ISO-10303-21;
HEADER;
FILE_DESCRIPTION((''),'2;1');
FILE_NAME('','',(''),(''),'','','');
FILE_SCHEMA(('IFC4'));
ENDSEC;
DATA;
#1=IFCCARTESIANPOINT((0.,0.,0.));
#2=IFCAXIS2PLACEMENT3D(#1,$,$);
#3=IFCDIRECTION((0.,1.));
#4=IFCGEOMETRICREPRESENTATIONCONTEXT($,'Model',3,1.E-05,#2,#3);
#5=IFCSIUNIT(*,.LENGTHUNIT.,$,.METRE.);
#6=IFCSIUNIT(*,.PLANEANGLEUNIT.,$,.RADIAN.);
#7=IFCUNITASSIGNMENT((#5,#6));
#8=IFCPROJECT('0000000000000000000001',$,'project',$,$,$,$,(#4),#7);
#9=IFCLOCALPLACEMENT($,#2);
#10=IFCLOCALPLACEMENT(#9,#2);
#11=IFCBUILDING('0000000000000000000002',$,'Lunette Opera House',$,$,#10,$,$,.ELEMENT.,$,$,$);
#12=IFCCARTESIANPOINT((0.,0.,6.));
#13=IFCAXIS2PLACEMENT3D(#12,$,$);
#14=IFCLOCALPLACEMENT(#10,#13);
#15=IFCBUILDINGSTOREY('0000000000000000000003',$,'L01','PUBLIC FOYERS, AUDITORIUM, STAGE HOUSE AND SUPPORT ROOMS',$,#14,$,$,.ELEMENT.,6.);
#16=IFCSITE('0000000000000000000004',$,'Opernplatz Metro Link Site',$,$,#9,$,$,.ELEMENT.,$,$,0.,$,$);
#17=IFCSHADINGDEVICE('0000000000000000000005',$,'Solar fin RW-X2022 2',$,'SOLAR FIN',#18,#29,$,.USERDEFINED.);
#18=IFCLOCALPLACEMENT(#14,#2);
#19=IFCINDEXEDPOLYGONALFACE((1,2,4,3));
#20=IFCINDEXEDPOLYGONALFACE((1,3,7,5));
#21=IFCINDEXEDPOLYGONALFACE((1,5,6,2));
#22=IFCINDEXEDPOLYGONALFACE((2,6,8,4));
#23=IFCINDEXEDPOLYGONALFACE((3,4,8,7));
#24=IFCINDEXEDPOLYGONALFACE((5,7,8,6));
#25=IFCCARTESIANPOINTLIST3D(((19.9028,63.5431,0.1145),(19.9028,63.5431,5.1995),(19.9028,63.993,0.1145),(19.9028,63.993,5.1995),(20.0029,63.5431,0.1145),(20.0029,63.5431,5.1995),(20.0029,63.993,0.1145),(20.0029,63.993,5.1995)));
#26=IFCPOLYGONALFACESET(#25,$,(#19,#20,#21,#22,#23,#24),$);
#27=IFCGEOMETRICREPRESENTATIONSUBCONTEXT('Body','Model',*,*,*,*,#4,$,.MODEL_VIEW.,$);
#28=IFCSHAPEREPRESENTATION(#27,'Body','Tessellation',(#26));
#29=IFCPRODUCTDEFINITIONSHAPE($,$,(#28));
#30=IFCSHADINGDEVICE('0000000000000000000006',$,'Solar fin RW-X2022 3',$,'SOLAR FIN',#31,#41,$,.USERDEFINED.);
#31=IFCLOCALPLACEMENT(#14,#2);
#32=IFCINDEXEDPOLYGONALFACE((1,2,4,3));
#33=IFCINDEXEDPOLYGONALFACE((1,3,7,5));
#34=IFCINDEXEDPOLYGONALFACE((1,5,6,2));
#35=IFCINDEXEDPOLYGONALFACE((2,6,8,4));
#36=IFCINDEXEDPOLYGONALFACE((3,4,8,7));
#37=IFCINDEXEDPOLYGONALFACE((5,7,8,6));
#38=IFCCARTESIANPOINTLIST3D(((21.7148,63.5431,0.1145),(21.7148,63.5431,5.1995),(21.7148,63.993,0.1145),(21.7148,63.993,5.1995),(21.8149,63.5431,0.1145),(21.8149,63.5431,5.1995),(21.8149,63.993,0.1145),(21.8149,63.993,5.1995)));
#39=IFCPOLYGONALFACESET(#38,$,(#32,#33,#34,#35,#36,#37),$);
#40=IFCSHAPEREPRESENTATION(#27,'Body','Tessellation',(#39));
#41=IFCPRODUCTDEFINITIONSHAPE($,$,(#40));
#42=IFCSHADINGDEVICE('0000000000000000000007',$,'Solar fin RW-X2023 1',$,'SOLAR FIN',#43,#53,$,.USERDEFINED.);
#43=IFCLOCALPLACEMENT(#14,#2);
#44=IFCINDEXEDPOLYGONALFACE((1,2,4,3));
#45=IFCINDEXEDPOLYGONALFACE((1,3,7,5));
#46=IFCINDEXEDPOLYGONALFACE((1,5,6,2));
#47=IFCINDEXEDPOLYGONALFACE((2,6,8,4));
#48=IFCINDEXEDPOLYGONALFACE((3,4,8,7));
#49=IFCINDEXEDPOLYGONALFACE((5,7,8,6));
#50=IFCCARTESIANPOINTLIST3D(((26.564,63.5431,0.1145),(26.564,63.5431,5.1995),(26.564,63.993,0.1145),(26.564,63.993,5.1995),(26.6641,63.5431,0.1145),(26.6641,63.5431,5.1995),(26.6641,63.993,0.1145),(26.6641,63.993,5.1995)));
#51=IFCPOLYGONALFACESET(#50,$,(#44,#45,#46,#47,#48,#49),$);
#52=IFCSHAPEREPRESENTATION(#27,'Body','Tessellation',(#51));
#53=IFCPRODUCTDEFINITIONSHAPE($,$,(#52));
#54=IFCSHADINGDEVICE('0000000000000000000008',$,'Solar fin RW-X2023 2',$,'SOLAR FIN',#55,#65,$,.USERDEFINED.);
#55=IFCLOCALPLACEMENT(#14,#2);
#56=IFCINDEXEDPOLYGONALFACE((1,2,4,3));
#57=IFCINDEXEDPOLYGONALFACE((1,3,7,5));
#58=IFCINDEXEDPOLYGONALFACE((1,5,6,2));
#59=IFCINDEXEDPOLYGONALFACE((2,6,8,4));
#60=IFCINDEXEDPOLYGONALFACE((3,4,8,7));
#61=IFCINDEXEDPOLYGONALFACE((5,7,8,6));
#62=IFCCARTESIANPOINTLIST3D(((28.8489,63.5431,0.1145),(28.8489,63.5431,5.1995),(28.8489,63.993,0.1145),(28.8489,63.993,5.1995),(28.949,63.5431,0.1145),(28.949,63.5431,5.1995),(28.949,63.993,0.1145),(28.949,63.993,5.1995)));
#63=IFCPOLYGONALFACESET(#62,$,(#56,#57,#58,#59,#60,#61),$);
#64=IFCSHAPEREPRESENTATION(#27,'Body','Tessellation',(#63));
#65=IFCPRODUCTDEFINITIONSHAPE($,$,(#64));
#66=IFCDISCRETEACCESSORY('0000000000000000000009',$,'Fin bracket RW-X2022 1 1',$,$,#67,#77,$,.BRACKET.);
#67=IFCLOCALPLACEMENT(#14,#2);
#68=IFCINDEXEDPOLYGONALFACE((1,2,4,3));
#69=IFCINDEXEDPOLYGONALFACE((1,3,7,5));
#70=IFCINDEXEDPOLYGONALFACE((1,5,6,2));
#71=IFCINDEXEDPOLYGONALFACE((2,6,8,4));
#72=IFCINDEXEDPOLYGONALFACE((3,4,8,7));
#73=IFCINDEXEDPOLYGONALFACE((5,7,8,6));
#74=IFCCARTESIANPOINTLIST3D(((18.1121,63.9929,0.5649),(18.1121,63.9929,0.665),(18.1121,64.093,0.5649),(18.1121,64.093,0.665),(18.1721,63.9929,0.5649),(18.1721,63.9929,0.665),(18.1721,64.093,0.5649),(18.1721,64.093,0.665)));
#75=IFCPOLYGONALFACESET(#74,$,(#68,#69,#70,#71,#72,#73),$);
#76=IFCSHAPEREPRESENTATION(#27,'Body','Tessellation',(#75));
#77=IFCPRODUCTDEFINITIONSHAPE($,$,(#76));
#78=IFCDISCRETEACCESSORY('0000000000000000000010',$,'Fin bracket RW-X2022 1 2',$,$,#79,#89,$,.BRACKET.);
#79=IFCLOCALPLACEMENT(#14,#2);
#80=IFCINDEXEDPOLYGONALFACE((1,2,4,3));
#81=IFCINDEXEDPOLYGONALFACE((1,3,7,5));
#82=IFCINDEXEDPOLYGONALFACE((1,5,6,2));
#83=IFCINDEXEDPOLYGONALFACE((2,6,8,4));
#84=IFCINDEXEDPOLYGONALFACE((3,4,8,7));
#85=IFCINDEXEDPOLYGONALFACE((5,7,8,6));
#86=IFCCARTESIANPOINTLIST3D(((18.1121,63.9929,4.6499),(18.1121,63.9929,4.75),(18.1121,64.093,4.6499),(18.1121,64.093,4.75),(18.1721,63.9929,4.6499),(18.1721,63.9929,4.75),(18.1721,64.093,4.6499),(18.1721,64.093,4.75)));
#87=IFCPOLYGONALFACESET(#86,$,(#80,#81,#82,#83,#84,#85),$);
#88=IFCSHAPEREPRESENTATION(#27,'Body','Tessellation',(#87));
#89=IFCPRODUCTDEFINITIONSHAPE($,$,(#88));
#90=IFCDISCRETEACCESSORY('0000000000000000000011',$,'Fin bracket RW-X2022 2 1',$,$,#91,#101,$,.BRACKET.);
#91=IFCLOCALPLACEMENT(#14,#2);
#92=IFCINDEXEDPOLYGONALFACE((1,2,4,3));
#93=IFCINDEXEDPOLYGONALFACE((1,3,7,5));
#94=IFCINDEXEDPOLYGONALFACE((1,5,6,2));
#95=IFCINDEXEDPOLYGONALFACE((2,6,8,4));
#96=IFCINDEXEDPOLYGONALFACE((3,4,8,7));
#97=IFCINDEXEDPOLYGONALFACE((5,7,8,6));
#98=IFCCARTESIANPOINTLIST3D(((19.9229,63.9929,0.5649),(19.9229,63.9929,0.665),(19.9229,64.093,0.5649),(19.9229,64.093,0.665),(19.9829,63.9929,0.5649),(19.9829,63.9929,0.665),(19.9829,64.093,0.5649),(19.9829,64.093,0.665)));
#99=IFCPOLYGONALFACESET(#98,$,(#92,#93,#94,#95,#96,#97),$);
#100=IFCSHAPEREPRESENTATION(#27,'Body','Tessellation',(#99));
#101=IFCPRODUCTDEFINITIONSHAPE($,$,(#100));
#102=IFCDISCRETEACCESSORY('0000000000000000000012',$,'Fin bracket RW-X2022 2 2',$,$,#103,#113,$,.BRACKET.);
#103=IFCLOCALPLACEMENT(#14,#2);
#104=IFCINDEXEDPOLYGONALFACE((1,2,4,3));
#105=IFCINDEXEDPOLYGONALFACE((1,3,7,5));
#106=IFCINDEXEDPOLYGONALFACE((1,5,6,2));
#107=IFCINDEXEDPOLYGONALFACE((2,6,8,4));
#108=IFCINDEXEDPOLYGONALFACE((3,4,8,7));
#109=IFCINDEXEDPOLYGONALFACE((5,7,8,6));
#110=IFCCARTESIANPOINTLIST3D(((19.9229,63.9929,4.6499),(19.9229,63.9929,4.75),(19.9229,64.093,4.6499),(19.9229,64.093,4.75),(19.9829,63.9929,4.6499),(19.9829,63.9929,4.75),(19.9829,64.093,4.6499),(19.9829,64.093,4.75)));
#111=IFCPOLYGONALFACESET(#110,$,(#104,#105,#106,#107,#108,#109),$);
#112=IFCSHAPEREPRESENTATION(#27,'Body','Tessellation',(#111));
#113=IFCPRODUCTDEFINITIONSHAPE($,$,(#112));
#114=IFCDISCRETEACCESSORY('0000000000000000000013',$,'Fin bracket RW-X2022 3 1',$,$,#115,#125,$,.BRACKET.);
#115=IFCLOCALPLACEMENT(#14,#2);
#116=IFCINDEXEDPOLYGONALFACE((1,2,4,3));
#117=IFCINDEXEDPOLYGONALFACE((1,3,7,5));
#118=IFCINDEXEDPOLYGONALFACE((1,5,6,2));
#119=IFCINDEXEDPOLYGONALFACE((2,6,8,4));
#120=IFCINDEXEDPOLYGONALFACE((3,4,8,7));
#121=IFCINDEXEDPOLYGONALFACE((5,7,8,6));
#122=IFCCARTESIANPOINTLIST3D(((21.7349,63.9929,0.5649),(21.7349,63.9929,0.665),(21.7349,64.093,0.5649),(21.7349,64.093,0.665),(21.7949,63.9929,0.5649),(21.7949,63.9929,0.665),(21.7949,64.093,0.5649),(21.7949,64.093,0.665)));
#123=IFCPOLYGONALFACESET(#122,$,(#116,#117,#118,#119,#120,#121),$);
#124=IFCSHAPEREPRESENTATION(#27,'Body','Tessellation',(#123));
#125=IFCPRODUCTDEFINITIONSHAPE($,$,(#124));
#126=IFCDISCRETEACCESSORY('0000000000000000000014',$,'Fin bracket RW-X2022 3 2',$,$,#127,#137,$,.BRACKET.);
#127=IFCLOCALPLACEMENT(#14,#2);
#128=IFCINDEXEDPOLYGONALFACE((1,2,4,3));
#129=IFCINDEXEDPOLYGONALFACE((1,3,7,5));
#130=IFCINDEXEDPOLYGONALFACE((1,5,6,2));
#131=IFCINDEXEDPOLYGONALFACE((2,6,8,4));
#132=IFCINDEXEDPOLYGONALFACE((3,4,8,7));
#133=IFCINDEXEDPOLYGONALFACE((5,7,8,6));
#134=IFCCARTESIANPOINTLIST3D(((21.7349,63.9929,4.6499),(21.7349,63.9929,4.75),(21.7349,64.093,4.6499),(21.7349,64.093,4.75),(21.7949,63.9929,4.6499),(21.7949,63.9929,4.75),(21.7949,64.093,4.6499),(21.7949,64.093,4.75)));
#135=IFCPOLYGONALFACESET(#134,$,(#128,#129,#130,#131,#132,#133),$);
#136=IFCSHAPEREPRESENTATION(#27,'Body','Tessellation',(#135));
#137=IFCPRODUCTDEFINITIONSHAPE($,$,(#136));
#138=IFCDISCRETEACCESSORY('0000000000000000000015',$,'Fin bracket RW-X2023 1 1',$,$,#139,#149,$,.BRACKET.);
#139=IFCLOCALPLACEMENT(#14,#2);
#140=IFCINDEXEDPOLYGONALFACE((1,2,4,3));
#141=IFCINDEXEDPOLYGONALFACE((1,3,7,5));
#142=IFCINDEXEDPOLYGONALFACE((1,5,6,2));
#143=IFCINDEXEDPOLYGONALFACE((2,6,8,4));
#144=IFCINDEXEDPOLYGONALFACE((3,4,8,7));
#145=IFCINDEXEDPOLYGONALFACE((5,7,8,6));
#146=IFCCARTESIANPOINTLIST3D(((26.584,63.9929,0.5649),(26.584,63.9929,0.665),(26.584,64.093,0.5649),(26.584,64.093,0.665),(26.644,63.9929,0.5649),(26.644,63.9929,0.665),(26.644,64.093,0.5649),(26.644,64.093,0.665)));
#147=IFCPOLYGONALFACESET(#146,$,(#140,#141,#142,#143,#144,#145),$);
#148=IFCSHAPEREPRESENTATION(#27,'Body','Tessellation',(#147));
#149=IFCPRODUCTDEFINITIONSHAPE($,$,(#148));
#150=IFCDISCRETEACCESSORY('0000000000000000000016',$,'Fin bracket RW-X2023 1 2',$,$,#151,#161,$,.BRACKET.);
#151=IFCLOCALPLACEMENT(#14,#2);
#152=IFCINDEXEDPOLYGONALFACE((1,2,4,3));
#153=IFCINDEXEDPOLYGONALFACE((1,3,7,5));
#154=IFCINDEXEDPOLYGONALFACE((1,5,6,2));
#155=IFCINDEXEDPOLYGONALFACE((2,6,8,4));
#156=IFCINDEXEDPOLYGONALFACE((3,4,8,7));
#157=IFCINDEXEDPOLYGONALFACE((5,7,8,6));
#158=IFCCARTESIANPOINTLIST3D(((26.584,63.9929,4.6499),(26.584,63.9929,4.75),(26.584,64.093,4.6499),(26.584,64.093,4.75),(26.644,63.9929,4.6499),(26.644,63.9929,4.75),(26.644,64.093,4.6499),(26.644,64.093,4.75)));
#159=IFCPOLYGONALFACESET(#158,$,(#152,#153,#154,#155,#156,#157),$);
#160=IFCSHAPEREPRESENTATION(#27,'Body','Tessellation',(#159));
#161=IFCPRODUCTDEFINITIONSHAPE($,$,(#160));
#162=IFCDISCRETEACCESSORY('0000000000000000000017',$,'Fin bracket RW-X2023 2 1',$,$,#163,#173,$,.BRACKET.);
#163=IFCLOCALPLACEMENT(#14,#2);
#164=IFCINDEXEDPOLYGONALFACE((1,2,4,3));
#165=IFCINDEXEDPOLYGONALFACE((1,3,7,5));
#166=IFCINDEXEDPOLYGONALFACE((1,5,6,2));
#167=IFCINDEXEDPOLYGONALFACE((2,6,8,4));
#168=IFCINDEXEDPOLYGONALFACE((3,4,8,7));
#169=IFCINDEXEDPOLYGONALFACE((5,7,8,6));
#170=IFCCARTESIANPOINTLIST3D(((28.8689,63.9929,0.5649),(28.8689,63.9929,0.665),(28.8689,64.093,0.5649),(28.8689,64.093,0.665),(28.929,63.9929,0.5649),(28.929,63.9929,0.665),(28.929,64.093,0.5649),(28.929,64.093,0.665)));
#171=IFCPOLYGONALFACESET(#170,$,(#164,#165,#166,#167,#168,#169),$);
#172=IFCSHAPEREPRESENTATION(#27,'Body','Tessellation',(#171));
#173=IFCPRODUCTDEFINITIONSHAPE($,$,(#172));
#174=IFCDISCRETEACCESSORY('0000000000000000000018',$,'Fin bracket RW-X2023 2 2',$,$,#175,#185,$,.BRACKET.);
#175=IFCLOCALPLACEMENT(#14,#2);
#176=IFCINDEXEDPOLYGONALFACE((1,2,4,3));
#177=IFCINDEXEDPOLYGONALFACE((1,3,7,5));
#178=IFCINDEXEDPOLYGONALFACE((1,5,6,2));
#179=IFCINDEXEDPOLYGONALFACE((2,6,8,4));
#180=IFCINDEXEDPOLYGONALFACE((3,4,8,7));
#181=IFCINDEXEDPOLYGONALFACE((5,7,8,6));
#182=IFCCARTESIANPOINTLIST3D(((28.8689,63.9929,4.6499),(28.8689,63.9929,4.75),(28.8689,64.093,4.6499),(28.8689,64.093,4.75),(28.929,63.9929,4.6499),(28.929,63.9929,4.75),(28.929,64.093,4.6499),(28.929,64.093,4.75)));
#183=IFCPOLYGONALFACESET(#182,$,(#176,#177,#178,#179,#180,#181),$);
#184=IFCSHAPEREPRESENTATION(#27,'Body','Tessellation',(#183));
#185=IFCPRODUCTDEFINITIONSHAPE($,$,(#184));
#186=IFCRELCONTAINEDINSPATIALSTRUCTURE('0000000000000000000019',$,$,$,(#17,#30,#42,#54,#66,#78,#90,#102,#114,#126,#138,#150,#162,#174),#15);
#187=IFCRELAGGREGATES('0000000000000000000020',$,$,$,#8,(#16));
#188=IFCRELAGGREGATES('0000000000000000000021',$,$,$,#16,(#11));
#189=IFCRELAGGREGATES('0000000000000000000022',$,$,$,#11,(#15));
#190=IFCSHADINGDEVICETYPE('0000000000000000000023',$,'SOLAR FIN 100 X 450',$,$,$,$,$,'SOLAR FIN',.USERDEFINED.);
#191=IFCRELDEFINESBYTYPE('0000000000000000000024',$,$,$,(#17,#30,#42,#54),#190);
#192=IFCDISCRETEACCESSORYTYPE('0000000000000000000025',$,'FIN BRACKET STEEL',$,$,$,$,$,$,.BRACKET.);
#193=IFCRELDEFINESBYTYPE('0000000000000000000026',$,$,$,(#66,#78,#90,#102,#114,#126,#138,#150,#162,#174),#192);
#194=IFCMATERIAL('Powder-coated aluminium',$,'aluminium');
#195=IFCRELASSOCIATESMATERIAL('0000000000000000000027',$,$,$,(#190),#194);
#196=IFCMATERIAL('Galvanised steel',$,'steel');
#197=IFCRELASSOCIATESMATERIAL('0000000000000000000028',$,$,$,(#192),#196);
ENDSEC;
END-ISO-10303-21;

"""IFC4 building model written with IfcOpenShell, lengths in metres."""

from ifc_helpers import new_model, si_unit, direction, frame, origin, origin_2d, place, context, subcontext, project, spatial, rectangle, extrude, material, type_object, element, save


model = new_model("IFC4")

# Units and contexts
model_context = context("Model", 3, precision=1e-05, world=origin(), true_north=direction((0.0, 1.0)))
body_context = subcontext(model_context, "Body", "Model", "MODEL_VIEW")
ifc_project = project(units=[si_unit("LENGTHUNIT", "METRE"), si_unit("PLANEANGLEUNIT", "RADIAN")], contexts=[model_context])

# Site, building, storey
site_placement = place(None, origin())
site = spatial("IfcSite", under=ifc_project, at=site_placement, Name="Opernplatz Metro Link Site", CompositionType="ELEMENT", RefElevation=0.0)
building_placement = place(site_placement, origin())
building = spatial("IfcBuilding", under=site, at=building_placement, Name="Lunette Opera House", CompositionType="ELEMENT")
storey_placement = place(building_placement, frame((0.0, 0.0, 6.0)))
storey = spatial("IfcBuildingStorey", under=building, at=storey_placement, Name="L01", Description="PUBLIC FOYERS, AUDITORIUM, STAGE HOUSE AND SUPPORT ROOMS", CompositionType="ELEMENT", Elevation=6.0)

# Shading devices
ifc_material_1 = material(Name="Powder-coated aluminium", Category="aluminium")
shading_device_type = type_object("IfcShadingDeviceType", Name="SOLAR FIN 100 X 450", ElementType="SOLAR FIN", PredefinedType="USERDEFINED", material=ifc_material_1)
for number, where, z_axis, x_axis, name in (
    (1, (19.9529, 63.7681, 0.1145), (0.0, 0.0, 1.0), (0.0, -1.0, 0.0), "Solar fin RW-X2022 2"),
    (2, (21.7649, 63.7681, 0.1145), (0.0, 0.0, 1.0), (0.0, -1.0, 0.0), "Solar fin RW-X2022 3"),
    (3, (26.614, 63.7681, 0.1145), (0.0, 0.0, 1.0), (0.0, -1.0, 0.0), "Solar fin RW-X2023 1"),
    (4, (28.8989, 63.7681, 0.1145), (0.0, 0.0, 1.0), (0.0, -1.0, 0.0), "Solar fin RW-X2023 2"),
):
    element("IfcShadingDevice", number, at=place(storey_placement, frame(where, z_axis=z_axis, x_axis=x_axis)), inside=storey, type_object=shading_device_type, Name=name, ObjectType="SOLAR FIN", PredefinedType="USERDEFINED", context=body_context, shape_type="SweptSolid", body=[
        extrude(rectangle(XDim=0.45, YDim=0.1001, at=origin_2d()), origin(), (0.0, 0.0, 1.0), 5.085),
    ])

# Discrete accessories
ifc_material_2 = material(Name="Galvanised steel", Category="steel")
discrete_accessory_type = type_object("IfcDiscreteAccessoryType", Name="FIN BRACKET STEEL", PredefinedType="BRACKET", material=ifc_material_2)
for number, where, z_axis, x_axis, name in (
    (5, (18.1421, 64.043, 0.5649), (0.0, 0.0, 1.0), (0.0, -1.0, 0.0), "Fin bracket RW-X2022 1 1"),
    (6, (18.1421, 64.043, 4.6499), (0.0, 0.0, 1.0), (0.0, -1.0, 0.0), "Fin bracket RW-X2022 1 2"),
    (7, (19.9529, 64.043, 0.5649), (0.0, 0.0, 1.0), (0.0, -1.0, 0.0), "Fin bracket RW-X2022 2 1"),
    (8, (19.9529, 64.043, 4.6499), (0.0, 0.0, 1.0), (0.0, -1.0, 0.0), "Fin bracket RW-X2022 2 2"),
    (9, (21.7649, 64.043, 0.5649), (0.0, 0.0, 1.0), (0.0, -1.0, 0.0), "Fin bracket RW-X2022 3 1"),
    (10, (21.7649, 64.043, 4.6499), (0.0, 0.0, 1.0), (0.0, -1.0, 0.0), "Fin bracket RW-X2022 3 2"),
    (11, (26.614, 64.043, 0.5649), (0.0, 0.0, 1.0), (0.0, -1.0, 0.0), "Fin bracket RW-X2023 1 1"),
    (12, (26.614, 64.043, 4.6499), (0.0, 0.0, 1.0), (0.0, -1.0, 0.0), "Fin bracket RW-X2023 1 2"),
    (13, (28.8989, 64.043, 0.5649), (0.0, 0.0, 1.0), (0.0, -1.0, 0.0), "Fin bracket RW-X2023 2 1"),
    (14, (28.8989, 64.043, 4.6499), (0.0, 0.0, 1.0), (0.0, -1.0, 0.0), "Fin bracket RW-X2023 2 2"),
):
    element("IfcDiscreteAccessory", number, at=place(storey_placement, frame(where, z_axis=z_axis, x_axis=x_axis)), inside=storey, type_object=discrete_accessory_type, Name=name, PredefinedType="BRACKET", context=body_context, shape_type="SweptSolid", body=[
        extrude(rectangle(XDim=0.1001, YDim=0.0601, at=origin_2d()), origin(), (0.0, 0.0, 1.0), 0.1001),
    ])

save(model, "model.ifc")
